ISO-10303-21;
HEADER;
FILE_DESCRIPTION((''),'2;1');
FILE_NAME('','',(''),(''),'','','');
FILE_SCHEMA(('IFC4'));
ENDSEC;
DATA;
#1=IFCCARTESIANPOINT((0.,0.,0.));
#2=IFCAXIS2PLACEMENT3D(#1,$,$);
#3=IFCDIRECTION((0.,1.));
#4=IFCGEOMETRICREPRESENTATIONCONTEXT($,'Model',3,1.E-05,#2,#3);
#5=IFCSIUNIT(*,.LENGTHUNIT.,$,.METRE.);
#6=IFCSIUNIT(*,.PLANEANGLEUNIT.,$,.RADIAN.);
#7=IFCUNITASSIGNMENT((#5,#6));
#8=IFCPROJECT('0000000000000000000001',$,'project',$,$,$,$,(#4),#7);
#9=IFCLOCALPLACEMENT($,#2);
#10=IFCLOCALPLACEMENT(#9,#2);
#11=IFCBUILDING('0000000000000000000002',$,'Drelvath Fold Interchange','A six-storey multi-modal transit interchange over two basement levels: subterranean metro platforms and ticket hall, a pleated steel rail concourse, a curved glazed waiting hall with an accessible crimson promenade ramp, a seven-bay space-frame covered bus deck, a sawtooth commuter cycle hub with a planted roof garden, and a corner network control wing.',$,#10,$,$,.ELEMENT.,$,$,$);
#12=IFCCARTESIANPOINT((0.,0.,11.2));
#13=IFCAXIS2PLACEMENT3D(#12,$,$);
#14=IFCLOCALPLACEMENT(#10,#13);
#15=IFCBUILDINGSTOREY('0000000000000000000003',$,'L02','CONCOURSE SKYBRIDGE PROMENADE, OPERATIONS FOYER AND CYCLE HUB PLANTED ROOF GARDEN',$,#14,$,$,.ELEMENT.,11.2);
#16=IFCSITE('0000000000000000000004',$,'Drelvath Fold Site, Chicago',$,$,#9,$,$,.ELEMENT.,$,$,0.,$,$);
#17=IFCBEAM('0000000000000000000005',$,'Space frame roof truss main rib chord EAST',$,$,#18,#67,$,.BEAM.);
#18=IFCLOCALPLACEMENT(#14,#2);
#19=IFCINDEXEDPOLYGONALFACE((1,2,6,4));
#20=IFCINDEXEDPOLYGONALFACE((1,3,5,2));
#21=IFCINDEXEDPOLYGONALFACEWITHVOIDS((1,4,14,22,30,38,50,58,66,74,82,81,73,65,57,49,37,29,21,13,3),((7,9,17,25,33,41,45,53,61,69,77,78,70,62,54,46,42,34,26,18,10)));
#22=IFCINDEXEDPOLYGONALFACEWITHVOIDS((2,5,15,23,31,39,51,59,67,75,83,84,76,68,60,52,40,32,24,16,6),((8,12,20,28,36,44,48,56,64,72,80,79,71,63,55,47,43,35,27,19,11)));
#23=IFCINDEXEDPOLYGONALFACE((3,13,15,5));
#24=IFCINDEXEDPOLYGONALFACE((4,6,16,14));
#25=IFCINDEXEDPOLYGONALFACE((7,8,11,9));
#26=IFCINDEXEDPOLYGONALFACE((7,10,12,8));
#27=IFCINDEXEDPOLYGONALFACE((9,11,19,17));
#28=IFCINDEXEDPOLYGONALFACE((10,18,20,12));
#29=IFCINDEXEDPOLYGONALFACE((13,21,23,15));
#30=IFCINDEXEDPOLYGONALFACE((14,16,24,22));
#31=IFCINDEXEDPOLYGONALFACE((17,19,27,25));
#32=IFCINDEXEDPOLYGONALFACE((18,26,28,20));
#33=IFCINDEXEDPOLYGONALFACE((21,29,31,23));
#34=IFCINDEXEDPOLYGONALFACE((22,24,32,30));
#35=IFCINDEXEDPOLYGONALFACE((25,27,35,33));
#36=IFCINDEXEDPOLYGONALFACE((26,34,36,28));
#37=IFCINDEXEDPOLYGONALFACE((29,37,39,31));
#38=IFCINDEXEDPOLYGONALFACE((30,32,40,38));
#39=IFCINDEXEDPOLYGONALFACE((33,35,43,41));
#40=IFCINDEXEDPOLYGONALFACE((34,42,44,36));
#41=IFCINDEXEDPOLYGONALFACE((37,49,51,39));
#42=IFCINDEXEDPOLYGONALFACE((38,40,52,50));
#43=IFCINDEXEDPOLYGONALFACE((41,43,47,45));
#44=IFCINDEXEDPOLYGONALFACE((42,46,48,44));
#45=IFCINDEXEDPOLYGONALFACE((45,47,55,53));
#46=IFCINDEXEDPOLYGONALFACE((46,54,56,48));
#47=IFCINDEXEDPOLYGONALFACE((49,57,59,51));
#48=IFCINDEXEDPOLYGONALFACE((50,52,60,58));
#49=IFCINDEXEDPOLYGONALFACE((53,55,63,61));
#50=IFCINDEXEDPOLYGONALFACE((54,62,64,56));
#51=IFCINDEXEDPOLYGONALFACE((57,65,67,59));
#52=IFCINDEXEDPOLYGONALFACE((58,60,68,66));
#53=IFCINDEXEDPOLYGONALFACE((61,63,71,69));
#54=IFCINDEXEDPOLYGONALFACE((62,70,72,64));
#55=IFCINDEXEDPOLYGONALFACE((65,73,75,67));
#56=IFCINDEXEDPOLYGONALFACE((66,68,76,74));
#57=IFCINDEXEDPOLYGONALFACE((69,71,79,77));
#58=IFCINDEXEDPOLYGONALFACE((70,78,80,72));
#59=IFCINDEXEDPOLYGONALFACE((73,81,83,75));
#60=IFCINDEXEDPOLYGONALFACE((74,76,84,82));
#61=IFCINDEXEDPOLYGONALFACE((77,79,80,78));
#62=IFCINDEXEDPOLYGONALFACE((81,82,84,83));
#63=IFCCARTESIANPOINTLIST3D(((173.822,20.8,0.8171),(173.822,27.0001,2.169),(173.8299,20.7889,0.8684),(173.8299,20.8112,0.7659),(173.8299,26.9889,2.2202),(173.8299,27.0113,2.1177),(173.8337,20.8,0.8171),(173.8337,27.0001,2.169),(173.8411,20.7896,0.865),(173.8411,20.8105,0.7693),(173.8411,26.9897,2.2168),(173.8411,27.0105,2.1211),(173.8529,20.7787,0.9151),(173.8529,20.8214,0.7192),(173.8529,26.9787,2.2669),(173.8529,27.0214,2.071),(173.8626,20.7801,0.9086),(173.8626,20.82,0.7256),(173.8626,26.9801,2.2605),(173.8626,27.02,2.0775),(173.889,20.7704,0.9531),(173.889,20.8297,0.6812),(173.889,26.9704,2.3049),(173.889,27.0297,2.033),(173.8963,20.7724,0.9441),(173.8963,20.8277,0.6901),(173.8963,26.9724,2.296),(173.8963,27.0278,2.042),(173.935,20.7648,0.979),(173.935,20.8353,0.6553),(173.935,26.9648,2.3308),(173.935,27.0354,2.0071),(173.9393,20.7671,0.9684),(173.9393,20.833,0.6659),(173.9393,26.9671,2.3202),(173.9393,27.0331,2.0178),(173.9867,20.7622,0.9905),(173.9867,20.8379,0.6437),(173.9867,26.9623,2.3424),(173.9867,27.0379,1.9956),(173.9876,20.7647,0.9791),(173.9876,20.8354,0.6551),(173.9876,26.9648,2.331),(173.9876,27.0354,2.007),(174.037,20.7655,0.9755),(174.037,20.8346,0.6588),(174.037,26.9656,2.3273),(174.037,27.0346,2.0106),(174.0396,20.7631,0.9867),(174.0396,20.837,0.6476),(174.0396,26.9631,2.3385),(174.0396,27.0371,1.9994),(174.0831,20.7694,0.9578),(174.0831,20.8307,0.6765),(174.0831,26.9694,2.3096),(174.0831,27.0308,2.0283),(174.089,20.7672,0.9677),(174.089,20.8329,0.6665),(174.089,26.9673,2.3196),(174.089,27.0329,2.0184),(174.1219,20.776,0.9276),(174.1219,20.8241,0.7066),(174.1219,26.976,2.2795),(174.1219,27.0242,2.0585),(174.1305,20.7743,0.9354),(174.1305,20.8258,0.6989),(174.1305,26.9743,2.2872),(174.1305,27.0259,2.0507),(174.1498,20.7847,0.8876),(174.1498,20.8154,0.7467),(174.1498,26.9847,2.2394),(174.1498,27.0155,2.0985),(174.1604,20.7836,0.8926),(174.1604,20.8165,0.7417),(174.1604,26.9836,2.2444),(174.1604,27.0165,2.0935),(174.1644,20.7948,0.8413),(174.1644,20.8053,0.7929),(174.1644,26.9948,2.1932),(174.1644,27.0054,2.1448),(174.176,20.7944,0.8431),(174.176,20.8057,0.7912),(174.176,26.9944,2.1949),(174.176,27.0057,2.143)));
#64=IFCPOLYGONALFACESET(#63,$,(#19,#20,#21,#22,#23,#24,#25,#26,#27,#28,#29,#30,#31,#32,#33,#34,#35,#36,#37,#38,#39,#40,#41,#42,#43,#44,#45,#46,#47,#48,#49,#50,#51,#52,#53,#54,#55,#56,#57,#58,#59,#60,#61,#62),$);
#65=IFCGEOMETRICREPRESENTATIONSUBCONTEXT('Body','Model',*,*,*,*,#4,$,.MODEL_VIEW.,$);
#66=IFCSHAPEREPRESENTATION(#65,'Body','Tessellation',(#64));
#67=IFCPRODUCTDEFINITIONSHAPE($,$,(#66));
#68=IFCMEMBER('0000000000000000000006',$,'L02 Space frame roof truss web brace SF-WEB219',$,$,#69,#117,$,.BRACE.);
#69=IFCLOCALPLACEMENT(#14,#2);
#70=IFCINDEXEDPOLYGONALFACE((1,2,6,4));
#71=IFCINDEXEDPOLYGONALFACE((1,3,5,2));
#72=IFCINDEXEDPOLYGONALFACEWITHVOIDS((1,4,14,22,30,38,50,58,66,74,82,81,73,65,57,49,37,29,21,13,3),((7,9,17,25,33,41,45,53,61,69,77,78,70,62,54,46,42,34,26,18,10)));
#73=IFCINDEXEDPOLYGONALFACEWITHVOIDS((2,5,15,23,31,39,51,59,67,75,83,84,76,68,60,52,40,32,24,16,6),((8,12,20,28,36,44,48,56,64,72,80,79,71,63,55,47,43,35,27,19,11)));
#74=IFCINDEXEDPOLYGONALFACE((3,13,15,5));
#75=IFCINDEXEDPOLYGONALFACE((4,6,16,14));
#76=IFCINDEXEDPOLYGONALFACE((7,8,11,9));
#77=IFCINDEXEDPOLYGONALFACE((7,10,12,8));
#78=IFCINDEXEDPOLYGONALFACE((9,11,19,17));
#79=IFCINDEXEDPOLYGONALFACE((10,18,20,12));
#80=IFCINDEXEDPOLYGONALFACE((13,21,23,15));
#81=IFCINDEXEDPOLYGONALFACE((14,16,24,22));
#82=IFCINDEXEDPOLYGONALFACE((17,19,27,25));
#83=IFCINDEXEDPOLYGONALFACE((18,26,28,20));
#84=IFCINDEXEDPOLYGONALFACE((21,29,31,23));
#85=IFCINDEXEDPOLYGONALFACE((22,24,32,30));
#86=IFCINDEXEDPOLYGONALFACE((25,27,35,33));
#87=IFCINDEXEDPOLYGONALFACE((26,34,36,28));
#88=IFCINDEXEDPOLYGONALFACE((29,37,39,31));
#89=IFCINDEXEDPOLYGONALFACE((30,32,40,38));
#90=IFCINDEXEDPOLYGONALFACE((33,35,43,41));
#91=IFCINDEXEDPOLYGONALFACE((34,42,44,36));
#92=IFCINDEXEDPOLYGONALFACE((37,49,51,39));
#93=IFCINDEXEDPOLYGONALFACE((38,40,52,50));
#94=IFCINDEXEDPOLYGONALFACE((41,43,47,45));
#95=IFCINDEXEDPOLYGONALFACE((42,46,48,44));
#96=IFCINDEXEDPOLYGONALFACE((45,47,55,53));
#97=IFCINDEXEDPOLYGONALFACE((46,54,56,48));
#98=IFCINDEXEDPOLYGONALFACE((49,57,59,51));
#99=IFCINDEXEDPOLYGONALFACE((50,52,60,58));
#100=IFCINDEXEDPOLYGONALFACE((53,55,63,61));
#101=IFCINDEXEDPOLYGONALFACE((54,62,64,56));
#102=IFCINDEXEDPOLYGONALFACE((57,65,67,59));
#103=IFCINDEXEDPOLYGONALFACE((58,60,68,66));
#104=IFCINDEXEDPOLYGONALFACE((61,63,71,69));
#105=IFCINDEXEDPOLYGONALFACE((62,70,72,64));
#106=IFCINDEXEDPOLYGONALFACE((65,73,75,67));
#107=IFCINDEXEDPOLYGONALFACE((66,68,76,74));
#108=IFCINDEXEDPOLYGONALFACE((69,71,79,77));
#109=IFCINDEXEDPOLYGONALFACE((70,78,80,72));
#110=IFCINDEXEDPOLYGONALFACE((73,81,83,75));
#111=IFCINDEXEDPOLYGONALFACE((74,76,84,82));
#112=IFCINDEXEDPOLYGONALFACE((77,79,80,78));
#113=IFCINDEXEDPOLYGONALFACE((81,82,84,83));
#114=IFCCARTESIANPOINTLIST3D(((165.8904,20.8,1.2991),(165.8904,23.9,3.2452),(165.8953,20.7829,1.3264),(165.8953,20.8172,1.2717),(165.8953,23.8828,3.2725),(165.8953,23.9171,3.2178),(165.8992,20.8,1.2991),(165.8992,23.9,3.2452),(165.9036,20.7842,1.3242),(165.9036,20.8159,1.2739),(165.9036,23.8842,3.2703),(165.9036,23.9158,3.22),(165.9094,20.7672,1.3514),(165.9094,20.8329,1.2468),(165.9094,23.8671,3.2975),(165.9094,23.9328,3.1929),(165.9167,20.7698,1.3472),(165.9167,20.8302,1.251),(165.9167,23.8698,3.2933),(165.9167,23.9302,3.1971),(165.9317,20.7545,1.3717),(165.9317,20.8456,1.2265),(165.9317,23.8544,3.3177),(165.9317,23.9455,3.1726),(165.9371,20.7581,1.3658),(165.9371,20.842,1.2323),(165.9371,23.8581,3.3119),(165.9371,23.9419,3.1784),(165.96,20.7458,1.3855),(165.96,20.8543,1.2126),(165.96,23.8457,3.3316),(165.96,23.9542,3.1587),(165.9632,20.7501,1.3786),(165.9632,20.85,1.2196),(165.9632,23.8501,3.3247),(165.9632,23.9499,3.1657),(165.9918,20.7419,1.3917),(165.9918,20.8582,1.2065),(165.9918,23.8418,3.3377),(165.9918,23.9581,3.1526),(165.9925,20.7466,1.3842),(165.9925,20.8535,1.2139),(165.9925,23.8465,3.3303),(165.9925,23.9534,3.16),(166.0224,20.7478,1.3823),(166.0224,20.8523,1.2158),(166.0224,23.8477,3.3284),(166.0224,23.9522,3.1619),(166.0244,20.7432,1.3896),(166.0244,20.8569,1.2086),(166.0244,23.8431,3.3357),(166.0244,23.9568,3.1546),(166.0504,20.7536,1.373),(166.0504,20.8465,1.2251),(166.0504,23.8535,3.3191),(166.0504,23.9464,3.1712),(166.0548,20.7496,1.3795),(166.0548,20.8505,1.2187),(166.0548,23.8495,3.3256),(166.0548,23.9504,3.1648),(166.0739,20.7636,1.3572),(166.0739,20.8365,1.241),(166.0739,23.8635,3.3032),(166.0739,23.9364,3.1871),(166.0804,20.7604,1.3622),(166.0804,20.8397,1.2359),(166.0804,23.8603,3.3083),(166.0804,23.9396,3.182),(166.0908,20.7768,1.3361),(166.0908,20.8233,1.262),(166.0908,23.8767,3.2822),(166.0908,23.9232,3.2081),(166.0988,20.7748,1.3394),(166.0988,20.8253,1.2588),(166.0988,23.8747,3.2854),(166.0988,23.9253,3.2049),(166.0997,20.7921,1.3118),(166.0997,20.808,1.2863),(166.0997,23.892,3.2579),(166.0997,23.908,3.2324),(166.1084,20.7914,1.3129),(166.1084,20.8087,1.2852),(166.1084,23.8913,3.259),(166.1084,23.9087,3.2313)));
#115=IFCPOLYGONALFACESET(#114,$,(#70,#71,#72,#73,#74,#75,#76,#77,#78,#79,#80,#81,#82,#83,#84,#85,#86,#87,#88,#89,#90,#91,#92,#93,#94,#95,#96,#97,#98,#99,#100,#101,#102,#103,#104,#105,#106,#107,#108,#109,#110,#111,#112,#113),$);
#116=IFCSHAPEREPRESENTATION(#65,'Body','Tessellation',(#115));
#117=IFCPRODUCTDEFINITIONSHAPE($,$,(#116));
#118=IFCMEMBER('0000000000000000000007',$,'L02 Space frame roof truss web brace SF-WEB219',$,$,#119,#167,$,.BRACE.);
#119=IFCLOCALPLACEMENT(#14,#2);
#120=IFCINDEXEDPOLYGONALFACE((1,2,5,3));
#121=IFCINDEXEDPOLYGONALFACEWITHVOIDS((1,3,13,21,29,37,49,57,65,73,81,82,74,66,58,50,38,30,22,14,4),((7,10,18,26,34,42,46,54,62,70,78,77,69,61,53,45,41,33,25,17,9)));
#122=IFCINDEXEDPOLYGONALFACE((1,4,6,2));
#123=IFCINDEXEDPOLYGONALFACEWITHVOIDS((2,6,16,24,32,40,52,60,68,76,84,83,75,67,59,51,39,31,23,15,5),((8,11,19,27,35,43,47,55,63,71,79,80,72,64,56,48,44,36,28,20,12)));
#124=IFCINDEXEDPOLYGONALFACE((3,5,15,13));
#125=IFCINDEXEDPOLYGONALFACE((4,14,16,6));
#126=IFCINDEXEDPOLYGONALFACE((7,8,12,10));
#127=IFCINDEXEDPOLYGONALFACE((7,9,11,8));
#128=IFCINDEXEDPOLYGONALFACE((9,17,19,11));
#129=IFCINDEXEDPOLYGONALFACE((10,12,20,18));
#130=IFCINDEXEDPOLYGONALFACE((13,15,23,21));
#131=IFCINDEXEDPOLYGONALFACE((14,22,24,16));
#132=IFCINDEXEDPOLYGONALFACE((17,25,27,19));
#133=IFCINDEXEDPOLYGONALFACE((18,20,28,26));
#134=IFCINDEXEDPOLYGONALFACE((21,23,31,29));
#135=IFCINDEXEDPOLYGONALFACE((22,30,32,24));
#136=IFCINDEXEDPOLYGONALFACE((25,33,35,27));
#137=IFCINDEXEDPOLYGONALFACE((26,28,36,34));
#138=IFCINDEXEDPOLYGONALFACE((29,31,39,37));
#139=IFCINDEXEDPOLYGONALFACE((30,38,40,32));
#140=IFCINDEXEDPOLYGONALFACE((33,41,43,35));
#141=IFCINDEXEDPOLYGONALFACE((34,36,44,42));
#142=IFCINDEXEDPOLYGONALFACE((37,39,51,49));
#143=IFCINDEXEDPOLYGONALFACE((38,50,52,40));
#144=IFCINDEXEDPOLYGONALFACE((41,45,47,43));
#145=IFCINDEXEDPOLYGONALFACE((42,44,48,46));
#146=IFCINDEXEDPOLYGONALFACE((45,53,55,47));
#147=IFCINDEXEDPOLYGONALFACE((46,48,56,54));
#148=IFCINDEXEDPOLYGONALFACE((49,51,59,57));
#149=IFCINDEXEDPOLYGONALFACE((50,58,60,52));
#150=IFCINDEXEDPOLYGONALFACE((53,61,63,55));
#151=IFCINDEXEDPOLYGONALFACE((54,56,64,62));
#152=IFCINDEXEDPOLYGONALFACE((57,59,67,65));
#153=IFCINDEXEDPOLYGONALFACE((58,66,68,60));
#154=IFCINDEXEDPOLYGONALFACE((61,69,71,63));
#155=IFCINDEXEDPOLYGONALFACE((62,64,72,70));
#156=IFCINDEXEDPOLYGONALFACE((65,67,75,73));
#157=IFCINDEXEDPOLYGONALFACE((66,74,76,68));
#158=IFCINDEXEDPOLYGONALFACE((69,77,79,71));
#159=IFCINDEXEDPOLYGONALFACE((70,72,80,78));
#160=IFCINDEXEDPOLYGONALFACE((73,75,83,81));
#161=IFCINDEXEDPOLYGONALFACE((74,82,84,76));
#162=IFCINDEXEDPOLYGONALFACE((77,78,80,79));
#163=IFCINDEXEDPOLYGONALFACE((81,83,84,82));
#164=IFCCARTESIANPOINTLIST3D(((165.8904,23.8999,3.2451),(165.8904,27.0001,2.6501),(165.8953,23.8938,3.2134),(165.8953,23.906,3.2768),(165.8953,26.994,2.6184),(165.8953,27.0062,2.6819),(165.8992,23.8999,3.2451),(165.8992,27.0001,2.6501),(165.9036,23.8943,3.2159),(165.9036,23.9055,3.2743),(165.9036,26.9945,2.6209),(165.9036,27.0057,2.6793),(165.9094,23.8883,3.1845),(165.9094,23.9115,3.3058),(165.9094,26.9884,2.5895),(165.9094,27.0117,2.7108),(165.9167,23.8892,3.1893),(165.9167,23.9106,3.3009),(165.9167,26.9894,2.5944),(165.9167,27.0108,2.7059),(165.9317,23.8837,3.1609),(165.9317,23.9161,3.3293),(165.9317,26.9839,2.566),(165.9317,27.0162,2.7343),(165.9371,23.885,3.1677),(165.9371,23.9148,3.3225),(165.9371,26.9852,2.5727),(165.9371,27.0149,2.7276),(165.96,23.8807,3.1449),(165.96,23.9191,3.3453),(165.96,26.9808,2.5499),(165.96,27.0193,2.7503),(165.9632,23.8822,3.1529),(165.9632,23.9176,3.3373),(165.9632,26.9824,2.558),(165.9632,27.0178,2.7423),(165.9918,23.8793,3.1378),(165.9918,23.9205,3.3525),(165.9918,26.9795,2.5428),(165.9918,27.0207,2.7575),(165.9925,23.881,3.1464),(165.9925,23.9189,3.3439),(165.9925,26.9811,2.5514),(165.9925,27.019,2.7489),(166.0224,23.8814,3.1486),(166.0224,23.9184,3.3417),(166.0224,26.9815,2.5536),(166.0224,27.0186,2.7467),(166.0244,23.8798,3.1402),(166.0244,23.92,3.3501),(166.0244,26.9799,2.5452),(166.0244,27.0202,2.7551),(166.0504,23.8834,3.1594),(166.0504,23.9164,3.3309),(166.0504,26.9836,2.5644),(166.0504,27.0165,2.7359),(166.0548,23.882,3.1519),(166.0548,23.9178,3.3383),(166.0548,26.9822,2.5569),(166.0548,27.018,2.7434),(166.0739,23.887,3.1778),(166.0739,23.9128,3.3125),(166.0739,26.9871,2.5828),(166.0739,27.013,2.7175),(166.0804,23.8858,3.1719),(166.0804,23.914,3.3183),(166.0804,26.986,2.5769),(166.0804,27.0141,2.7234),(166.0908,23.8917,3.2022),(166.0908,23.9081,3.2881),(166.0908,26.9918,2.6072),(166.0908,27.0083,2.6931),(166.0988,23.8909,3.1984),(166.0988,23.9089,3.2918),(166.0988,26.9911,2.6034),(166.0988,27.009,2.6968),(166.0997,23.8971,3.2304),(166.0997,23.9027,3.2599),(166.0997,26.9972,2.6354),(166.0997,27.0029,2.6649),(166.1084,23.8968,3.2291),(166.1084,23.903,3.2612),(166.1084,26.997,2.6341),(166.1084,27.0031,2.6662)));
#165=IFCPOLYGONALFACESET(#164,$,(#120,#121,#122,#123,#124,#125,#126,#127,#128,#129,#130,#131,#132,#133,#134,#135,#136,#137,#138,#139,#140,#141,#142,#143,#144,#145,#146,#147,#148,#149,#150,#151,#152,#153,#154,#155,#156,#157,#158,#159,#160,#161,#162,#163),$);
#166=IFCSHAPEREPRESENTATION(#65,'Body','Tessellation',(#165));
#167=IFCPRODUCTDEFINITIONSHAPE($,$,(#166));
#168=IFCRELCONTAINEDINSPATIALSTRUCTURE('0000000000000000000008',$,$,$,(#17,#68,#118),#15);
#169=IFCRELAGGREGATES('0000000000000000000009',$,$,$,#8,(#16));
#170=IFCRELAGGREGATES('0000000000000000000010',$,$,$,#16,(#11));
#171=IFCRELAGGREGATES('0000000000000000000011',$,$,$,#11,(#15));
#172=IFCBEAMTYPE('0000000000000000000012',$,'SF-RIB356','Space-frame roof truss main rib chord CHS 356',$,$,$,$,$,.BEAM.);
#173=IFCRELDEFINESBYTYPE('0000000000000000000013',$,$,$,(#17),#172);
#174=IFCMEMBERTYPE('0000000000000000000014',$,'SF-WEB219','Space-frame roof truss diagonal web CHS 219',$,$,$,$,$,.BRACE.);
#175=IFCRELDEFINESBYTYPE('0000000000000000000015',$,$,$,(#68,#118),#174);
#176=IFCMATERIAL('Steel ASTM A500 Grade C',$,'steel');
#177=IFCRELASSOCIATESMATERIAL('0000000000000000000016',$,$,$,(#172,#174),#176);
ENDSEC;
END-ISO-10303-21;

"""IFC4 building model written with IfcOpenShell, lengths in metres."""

from ifc_helpers import new_model, si_unit, direction, frame, origin, origin_2d, place, context, subcontext, project, spatial, hollow_circle, extrude, material, material_profile, profile_set, type_object, element, save


model = new_model("IFC4")

# Units and contexts
model_context = context("Model", 3, precision=1e-05, world=origin(), true_north=direction((0.0, 1.0)))
body_context = subcontext(model_context, "Body", "Model", "MODEL_VIEW")
ifc_project = project(units=[si_unit("LENGTHUNIT", "METRE"), si_unit("PLANEANGLEUNIT", "RADIAN")], contexts=[model_context])

# Site, building, storey
site_placement = place(None, origin())
site = spatial("IfcSite", under=ifc_project, at=site_placement, Name="Drelvath Fold Site, Chicago", CompositionType="ELEMENT", RefElevation=0.0)
building_placement = place(site_placement, origin())
building = spatial("IfcBuilding", under=site, at=building_placement, Name="Drelvath Fold Interchange", Description="A six-storey multi-modal transit interchange over two basement levels: subterranean metro platforms and ticket hall, a pleated steel rail concourse, a curved glazed waiting hall with an accessible crimson promenade ramp, a seven-bay space-frame covered bus deck, a sawtooth commuter cycle hub with a planted roof garden, and a corner network control wing.", CompositionType="ELEMENT")
storey_placement = place(building_placement, frame((0.0, 0.0, 11.2)))
storey = spatial("IfcBuildingStorey", under=building, at=storey_placement, Name="L02", Description="CONCOURSE SKYBRIDGE PROMENADE, OPERATIONS FOYER AND CYCLE HUB PLANTED ROOF GARDEN", CompositionType="ELEMENT", Elevation=11.2)

# Shared definitions
ifc_material_1 = material(Name="Steel ASTM A500 Grade C", Category="steel")

# Beam
ifc_material_profile_1 = material_profile(ifc_material_1, hollow_circle(Radius=0.178, WallThickness=0.0117, at=origin_2d()), Name="HSS14.000X0.500")
ifc_profile_set_1 = profile_set([ifc_material_profile_1], Name="Steel ASTM A500 Grade C")
beam_type = type_object("IfcBeamType", Name="SF-RIB356", Description="Space-frame roof truss main rib chord CHS 356", PredefinedType="BEAM", material=ifc_profile_set_1)
beam_1_placement = place(storey_placement, frame((174.0, 20.8, 0.8171), z_axis=(0.0, 0.977046, 0.21303), x_axis=(-1.0, 0.0, 0.0)))
element("IfcBeam", 1, at=beam_1_placement, inside=storey, type_object=beam_type, Name="Space frame roof truss main rib chord EAST", PredefinedType="BEAM", context=body_context, shape_type="SweptSolid", body=[
    extrude(hollow_circle(Radius=0.178, WallThickness=0.0117, at=origin_2d()), origin(), (0.0, 0.0, 1.0), 6.3457),
])

# Members
ifc_material_profile_2 = material_profile(ifc_material_1, hollow_circle(Radius=0.1096, WallThickness=0.0088, at=origin_2d()), Name="HSS8.625X0.375")
ifc_profile_set_2 = profile_set([ifc_material_profile_2], Name="Steel ASTM A500 Grade C")
member_type_1 = type_object("IfcMemberType", Name="SF-WEB219", Description="Space-frame roof truss diagonal web CHS 219", PredefinedType="BRACE", material=ifc_profile_set_2)
member_1_placement = place(storey_placement, frame((166.0, 20.8, 1.2991), z_axis=(0.0, 0.846936, 0.531695), x_axis=(-1.0, 0.0, 0.0)))
element("IfcMember", 2, at=member_1_placement, inside=storey, type_object=member_type_1, Name="L02 Space frame roof truss web brace SF-WEB219", PredefinedType="BRACE", context=body_context, shape_type="SweptSolid", body=[
    extrude(hollow_circle(Radius=0.1096, WallThickness=0.0088, at=origin_2d()), origin(), (0.0, 0.0, 1.0), 3.6602),
])
member_2_placement = place(storey_placement, frame((166.0, 23.8999, 3.2451), z_axis=(0.0, 0.982077, -0.18848), x_axis=(-1.0, 0.0, 0.0)))
element("IfcMember", 3, at=member_2_placement, inside=storey, type_object=member_type_1, Name="L02 Space frame roof truss web brace SF-WEB219", PredefinedType="BRACE", context=body_context, shape_type="SweptSolid", body=[
    extrude(hollow_circle(Radius=0.1096, WallThickness=0.0088, at=origin_2d()), origin(), (0.0, 0.0, 1.0), 3.1567),
])

save(model, "model.ifc")
